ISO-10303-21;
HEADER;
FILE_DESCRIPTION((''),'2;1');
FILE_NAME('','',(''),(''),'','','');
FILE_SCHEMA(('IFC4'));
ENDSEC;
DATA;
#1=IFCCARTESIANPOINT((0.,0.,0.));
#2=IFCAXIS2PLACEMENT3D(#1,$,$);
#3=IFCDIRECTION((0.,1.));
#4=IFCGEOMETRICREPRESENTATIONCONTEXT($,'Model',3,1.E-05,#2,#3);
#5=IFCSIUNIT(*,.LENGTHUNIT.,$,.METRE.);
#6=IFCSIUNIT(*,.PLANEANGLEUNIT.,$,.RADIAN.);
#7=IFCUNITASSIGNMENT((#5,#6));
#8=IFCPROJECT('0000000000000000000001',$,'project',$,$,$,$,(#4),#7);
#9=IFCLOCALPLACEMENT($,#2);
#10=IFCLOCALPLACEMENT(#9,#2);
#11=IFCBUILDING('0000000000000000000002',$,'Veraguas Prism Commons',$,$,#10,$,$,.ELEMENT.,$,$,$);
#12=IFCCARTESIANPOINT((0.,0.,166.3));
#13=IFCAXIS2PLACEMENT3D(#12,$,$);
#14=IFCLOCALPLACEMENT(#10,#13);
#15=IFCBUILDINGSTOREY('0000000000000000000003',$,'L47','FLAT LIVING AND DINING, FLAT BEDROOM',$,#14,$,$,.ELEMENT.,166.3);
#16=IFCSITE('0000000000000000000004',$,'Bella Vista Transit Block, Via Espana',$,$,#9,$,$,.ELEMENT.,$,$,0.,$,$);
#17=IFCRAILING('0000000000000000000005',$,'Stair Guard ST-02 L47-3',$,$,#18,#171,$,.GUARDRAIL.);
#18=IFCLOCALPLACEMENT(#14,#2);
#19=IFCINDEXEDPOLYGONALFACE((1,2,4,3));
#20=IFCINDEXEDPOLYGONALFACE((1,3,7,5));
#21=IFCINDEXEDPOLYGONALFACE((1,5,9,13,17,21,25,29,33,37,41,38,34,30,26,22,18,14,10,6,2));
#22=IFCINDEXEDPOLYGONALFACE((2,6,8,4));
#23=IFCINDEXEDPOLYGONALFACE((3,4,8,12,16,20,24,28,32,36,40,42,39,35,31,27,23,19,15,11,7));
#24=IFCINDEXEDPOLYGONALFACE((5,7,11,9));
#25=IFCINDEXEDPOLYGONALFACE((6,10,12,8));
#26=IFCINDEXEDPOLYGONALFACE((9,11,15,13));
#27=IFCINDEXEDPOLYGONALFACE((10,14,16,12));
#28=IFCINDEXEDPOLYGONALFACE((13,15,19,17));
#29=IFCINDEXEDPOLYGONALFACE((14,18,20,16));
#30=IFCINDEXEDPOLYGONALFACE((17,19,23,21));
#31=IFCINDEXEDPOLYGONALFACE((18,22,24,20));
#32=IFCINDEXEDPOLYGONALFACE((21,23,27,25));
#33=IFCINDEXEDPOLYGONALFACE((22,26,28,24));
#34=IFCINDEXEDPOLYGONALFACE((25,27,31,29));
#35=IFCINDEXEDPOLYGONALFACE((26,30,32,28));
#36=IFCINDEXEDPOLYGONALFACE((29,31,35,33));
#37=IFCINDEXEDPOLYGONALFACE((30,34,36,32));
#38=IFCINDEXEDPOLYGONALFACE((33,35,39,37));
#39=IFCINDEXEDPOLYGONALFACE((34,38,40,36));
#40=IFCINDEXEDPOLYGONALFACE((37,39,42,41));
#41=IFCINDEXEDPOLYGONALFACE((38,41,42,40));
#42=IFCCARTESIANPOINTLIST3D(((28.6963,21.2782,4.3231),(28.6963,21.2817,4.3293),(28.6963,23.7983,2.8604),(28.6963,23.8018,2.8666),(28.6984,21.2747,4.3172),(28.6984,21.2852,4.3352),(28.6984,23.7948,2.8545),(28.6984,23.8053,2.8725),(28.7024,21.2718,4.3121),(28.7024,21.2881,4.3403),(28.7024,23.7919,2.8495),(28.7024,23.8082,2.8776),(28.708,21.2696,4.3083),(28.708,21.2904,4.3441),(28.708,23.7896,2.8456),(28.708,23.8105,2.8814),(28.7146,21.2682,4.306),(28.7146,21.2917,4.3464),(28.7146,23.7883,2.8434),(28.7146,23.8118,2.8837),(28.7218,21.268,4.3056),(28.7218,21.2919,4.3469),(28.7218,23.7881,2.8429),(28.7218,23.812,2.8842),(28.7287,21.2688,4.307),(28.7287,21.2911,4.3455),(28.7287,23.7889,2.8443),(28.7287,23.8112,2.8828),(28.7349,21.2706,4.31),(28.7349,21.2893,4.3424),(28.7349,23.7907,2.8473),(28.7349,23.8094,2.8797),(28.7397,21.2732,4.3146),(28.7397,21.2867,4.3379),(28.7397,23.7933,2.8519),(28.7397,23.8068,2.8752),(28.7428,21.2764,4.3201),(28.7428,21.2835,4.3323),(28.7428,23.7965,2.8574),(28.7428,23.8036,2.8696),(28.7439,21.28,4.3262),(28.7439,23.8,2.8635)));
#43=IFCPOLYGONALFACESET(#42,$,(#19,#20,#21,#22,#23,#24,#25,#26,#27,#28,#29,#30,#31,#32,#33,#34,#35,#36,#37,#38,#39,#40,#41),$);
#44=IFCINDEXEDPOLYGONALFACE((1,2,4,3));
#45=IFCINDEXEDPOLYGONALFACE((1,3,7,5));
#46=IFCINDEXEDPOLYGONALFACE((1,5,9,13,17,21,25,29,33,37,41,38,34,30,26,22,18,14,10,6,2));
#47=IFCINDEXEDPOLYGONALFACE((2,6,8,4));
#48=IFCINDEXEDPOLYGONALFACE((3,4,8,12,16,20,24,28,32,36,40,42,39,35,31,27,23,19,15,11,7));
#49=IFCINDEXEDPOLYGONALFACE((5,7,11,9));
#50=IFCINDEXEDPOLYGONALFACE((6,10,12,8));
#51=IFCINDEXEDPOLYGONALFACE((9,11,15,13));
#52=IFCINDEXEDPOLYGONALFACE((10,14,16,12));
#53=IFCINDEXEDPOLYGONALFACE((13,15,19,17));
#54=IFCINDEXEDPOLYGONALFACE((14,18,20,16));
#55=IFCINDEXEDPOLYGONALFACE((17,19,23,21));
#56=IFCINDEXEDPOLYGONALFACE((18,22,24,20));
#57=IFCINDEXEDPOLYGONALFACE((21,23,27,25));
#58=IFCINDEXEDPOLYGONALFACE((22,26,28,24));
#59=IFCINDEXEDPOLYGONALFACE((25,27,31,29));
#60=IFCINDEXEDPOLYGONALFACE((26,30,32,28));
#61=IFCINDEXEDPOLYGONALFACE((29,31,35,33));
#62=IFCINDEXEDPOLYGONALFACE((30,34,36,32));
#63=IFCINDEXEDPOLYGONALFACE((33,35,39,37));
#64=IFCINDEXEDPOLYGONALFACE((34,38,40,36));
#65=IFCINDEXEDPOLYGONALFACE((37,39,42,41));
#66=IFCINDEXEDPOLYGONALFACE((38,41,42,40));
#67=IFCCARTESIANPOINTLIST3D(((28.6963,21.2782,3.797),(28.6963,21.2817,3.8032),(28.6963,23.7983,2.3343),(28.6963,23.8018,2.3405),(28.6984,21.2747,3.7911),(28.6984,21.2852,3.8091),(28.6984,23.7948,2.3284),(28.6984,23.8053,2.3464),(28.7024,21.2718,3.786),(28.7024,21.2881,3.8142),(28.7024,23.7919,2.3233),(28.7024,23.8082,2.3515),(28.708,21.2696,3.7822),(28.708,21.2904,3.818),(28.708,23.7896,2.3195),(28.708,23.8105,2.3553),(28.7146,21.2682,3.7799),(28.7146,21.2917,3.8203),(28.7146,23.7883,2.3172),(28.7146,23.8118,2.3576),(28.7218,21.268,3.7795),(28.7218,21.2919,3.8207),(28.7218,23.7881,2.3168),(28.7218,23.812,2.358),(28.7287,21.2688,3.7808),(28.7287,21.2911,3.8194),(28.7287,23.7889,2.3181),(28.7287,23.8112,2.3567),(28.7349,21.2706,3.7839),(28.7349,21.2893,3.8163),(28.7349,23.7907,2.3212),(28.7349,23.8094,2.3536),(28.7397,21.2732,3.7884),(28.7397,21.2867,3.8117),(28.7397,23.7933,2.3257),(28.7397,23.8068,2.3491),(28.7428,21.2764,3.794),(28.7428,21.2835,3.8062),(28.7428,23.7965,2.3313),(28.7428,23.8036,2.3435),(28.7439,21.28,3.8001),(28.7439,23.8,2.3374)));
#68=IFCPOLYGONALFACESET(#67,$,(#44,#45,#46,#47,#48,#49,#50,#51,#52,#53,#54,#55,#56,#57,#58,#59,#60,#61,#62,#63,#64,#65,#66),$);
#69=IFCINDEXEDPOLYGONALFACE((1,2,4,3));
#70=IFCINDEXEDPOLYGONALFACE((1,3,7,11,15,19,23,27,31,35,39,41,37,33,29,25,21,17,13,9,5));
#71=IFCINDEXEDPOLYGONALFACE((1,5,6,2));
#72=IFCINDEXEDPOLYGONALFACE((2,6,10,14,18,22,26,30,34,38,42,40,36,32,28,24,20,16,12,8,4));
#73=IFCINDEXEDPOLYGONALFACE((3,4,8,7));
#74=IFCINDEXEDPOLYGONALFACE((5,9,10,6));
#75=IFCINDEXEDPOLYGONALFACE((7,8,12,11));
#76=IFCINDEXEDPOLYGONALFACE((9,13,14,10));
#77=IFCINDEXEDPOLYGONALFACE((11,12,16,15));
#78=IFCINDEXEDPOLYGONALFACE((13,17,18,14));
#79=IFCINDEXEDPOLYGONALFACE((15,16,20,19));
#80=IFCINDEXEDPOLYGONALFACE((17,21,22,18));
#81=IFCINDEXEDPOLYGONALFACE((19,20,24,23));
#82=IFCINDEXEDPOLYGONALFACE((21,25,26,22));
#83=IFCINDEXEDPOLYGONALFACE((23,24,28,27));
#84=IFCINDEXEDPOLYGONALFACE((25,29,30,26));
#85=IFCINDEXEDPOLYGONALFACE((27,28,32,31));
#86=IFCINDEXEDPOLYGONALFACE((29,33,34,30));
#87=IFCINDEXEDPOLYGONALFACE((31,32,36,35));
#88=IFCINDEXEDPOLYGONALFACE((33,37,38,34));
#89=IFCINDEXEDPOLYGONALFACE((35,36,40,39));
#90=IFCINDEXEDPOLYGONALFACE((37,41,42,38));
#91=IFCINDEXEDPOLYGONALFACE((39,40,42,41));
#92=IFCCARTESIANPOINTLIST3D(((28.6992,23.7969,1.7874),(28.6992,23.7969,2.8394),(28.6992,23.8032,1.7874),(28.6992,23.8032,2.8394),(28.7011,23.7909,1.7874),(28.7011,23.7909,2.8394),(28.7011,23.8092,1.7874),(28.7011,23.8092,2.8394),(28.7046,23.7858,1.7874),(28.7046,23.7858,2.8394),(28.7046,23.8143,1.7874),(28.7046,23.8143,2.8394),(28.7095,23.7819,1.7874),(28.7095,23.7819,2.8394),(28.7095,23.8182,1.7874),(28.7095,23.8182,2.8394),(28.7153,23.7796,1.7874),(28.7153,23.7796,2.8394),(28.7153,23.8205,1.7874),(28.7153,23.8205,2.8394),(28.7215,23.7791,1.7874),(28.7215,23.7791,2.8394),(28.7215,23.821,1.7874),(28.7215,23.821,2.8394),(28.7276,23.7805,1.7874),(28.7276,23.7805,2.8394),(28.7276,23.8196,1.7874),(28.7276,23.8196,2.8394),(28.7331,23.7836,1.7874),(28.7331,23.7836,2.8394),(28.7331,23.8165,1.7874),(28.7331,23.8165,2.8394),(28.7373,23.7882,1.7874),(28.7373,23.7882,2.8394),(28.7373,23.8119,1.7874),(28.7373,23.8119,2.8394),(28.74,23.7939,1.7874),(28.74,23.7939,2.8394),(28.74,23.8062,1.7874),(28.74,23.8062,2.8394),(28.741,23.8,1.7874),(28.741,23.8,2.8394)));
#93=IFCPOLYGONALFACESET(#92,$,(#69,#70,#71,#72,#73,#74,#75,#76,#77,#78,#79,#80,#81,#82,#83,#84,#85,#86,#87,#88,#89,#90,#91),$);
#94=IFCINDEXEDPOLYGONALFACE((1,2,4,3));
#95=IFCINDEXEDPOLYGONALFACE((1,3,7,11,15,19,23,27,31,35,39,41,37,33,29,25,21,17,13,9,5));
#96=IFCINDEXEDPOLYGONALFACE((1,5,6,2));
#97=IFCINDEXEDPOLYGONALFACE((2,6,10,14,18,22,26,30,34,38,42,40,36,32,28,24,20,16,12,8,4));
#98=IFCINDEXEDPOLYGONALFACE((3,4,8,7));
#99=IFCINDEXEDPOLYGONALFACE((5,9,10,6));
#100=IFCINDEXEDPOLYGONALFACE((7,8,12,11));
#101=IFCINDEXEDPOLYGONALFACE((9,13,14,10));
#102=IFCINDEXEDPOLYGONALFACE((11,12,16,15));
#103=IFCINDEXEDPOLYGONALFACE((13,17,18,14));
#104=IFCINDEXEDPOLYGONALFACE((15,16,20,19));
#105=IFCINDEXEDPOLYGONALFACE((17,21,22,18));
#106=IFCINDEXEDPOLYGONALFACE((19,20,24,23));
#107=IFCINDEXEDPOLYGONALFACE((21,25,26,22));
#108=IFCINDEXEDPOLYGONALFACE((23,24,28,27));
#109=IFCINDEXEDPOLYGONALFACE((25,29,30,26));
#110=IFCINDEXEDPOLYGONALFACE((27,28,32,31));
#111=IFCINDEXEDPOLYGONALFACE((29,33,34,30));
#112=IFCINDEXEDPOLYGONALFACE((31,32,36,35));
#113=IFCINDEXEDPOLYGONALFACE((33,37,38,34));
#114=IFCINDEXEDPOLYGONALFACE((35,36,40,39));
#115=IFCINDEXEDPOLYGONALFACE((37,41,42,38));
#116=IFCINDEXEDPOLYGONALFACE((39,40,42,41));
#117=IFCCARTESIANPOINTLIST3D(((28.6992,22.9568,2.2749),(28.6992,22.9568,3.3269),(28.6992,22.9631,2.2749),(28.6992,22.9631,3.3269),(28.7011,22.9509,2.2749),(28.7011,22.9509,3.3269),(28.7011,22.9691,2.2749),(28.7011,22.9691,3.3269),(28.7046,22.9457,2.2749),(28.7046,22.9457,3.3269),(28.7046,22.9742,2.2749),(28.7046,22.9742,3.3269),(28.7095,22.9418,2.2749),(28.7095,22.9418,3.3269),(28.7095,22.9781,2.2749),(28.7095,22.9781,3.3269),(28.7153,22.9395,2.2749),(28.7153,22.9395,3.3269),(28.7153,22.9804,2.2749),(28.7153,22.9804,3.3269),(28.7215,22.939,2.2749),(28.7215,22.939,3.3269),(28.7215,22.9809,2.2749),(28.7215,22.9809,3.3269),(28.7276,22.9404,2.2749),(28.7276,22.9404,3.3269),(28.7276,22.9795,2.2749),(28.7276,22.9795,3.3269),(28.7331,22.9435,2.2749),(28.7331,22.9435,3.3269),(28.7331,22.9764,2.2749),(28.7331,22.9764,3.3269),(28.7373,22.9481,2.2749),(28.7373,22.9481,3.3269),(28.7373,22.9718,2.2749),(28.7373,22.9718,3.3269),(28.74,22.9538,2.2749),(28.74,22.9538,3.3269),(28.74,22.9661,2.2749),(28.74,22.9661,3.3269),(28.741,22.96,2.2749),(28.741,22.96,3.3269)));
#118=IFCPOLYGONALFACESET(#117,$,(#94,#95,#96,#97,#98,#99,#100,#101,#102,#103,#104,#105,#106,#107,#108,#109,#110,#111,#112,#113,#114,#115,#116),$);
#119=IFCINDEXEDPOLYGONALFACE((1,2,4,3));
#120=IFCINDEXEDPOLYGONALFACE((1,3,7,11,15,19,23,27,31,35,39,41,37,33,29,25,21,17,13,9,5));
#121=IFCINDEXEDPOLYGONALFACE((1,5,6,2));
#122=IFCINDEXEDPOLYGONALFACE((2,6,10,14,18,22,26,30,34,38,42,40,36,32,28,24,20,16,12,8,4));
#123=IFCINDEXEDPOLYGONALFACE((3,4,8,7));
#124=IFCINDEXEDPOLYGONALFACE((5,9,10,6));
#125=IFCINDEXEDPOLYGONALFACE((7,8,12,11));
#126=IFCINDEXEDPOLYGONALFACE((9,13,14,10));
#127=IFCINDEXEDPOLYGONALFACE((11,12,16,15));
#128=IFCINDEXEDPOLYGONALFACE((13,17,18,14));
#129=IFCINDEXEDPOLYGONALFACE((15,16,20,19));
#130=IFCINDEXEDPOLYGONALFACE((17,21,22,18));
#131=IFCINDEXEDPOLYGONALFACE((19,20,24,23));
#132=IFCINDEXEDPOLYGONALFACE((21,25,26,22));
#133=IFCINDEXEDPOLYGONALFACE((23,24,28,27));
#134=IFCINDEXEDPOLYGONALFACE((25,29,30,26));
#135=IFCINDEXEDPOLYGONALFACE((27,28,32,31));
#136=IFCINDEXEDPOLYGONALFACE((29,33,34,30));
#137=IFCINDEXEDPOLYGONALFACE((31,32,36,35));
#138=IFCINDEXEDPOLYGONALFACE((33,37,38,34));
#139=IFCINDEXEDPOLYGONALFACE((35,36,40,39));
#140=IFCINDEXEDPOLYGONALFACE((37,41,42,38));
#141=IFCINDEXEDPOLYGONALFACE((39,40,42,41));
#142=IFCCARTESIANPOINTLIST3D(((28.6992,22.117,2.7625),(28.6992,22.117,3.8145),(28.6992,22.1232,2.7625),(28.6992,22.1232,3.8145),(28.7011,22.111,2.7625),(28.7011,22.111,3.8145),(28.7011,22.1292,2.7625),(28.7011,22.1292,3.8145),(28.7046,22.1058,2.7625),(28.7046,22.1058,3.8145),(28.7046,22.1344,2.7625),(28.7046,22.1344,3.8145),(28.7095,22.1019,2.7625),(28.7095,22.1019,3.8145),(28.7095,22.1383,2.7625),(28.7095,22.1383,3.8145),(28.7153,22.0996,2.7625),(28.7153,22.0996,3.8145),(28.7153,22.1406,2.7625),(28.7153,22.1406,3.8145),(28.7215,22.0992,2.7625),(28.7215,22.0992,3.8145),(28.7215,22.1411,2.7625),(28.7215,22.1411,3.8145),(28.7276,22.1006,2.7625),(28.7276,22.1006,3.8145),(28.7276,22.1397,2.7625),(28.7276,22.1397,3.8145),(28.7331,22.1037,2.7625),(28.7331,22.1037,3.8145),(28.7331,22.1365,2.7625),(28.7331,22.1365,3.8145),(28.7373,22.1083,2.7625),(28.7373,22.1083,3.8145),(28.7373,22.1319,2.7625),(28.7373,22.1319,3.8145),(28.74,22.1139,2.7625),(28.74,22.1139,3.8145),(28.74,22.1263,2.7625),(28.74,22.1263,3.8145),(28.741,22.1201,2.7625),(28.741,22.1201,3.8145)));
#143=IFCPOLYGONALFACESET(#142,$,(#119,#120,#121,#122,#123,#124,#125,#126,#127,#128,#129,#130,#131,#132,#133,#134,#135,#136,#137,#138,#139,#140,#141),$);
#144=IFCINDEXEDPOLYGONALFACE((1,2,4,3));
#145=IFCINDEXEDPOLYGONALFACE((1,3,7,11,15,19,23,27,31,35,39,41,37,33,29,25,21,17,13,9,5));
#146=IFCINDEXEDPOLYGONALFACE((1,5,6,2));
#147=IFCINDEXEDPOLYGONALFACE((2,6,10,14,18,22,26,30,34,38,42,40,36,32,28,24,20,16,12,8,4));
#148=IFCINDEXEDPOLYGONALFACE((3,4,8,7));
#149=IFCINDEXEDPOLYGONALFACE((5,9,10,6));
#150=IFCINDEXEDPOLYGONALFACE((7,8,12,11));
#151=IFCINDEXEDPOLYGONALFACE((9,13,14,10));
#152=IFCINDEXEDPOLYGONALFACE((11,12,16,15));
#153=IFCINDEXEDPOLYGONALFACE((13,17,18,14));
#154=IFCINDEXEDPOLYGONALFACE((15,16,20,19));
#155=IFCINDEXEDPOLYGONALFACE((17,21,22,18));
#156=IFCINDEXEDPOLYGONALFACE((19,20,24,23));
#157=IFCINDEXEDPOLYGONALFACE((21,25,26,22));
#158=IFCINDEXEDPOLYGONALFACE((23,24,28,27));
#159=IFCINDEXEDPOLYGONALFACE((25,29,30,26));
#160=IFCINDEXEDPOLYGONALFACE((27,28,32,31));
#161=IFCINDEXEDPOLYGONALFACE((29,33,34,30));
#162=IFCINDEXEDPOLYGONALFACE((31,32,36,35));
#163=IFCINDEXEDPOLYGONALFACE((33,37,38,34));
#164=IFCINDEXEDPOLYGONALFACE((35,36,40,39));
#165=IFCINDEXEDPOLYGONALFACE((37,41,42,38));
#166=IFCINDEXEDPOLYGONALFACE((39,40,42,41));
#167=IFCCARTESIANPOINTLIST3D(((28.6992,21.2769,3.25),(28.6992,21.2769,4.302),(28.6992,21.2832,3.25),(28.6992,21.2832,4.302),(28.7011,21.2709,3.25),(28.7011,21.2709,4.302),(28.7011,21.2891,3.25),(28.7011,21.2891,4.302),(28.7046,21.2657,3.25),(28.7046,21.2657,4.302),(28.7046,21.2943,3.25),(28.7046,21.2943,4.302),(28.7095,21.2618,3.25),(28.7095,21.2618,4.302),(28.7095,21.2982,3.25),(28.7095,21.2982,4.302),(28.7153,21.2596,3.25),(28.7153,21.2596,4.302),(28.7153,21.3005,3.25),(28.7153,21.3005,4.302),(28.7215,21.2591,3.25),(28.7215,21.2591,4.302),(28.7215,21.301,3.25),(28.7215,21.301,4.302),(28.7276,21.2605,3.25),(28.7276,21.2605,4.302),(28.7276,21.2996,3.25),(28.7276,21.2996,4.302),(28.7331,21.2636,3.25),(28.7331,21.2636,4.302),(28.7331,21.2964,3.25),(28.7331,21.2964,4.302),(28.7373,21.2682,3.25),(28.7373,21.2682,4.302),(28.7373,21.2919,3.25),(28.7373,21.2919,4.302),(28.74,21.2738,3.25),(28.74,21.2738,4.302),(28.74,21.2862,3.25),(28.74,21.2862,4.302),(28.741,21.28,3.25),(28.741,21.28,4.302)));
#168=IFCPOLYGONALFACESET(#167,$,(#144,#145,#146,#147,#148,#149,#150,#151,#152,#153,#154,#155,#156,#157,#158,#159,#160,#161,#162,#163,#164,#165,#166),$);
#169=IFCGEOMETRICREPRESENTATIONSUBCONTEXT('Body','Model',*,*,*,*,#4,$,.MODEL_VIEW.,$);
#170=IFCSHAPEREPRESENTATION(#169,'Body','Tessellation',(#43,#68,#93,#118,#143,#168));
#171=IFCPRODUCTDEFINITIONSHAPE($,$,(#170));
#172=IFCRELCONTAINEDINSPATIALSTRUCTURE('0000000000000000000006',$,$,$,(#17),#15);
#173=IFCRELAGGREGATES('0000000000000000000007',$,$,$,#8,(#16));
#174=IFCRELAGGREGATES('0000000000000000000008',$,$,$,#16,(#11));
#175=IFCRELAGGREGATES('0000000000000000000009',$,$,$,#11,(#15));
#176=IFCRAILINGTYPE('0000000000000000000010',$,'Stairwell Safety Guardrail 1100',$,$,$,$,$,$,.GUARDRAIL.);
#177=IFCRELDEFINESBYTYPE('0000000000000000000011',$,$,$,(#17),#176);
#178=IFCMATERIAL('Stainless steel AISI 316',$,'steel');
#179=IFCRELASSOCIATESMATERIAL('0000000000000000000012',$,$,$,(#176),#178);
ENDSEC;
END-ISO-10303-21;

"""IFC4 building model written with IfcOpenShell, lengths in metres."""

from ifc_helpers import new_model, si_unit, direction, frame, origin, origin_2d, place, context, subcontext, project, spatial, circle, extrude, material, type_object, element, save


model = new_model("IFC4")

# Units and contexts
model_context = context("Model", 3, precision=1e-05, world=origin(), true_north=direction((0.0, 1.0)))
body_context = subcontext(model_context, "Body", "Model", "MODEL_VIEW")
ifc_project = project(units=[si_unit("LENGTHUNIT", "METRE"), si_unit("PLANEANGLEUNIT", "RADIAN")], contexts=[model_context])

# Site, building, storey
site_placement = place(None, origin())
site = spatial("IfcSite", under=ifc_project, at=site_placement, Name="Bella Vista Transit Block, Via Espana", CompositionType="ELEMENT", RefElevation=0.0)
building_placement = place(site_placement, origin())
building = spatial("IfcBuilding", under=site, at=building_placement, Name="Veraguas Prism Commons", CompositionType="ELEMENT")
storey_placement = place(building_placement, frame((0.0, 0.0, 166.3)))
storey = spatial("IfcBuildingStorey", under=building, at=storey_placement, Name="L47", Description="FLAT LIVING AND DINING, FLAT BEDROOM", CompositionType="ELEMENT", Elevation=166.3)

# Shared definitions
ifc_material_1 = material(Name="Stainless steel AISI 316", Category="steel")

# Railing
railing_type_1 = type_object("IfcRailingType", Name="Stairwell Safety Guardrail 1100", PredefinedType="GUARDRAIL", material=ifc_material_1)
railing_1_placement = place(storey_placement, frame((28.72, 23.8, 1.7874)))
element("IfcRailing", 1, at=railing_1_placement, inside=storey, type_object=railing_type_1, Name="Stair Guard ST-02 L47-3", PredefinedType="GUARDRAIL", context=body_context, shape_type="SweptSolid", body=[
    extrude(circle(Radius=0.0239, at=origin_2d()), frame((0.0, 0.0, 1.0762), z_axis=(0.0, -0.864877, 0.501984), x_axis=(1.0, 0.0, 0.0)), (0.0, 0.0, 1.0), 2.9138),
    extrude(circle(Radius=0.0239, at=origin_2d()), frame((0.0, 0.0, 0.55), z_axis=(0.0, -0.864877, 0.501984), x_axis=(1.0, 0.0, 0.0)), (0.0, 0.0, 1.0), 2.9138),
    extrude(circle(Radius=0.021, at=origin_2d()), origin(), (0.0, 0.0, 1.0), 1.052),
    extrude(circle(Radius=0.021, at=origin_2d()), frame((0.0, -0.8401, 0.4875)), (0.0, 0.0, 1.0), 1.052),
    extrude(circle(Radius=0.021, at=origin_2d()), frame((0.0, -1.6799, 0.9751)), (0.0, 0.0, 1.0), 1.052),
    extrude(circle(Radius=0.021, at=origin_2d()), frame((0.0, -2.52, 1.4626)), (0.0, 0.0, 1.0), 1.052),
])

save(model, "model.ifc")
